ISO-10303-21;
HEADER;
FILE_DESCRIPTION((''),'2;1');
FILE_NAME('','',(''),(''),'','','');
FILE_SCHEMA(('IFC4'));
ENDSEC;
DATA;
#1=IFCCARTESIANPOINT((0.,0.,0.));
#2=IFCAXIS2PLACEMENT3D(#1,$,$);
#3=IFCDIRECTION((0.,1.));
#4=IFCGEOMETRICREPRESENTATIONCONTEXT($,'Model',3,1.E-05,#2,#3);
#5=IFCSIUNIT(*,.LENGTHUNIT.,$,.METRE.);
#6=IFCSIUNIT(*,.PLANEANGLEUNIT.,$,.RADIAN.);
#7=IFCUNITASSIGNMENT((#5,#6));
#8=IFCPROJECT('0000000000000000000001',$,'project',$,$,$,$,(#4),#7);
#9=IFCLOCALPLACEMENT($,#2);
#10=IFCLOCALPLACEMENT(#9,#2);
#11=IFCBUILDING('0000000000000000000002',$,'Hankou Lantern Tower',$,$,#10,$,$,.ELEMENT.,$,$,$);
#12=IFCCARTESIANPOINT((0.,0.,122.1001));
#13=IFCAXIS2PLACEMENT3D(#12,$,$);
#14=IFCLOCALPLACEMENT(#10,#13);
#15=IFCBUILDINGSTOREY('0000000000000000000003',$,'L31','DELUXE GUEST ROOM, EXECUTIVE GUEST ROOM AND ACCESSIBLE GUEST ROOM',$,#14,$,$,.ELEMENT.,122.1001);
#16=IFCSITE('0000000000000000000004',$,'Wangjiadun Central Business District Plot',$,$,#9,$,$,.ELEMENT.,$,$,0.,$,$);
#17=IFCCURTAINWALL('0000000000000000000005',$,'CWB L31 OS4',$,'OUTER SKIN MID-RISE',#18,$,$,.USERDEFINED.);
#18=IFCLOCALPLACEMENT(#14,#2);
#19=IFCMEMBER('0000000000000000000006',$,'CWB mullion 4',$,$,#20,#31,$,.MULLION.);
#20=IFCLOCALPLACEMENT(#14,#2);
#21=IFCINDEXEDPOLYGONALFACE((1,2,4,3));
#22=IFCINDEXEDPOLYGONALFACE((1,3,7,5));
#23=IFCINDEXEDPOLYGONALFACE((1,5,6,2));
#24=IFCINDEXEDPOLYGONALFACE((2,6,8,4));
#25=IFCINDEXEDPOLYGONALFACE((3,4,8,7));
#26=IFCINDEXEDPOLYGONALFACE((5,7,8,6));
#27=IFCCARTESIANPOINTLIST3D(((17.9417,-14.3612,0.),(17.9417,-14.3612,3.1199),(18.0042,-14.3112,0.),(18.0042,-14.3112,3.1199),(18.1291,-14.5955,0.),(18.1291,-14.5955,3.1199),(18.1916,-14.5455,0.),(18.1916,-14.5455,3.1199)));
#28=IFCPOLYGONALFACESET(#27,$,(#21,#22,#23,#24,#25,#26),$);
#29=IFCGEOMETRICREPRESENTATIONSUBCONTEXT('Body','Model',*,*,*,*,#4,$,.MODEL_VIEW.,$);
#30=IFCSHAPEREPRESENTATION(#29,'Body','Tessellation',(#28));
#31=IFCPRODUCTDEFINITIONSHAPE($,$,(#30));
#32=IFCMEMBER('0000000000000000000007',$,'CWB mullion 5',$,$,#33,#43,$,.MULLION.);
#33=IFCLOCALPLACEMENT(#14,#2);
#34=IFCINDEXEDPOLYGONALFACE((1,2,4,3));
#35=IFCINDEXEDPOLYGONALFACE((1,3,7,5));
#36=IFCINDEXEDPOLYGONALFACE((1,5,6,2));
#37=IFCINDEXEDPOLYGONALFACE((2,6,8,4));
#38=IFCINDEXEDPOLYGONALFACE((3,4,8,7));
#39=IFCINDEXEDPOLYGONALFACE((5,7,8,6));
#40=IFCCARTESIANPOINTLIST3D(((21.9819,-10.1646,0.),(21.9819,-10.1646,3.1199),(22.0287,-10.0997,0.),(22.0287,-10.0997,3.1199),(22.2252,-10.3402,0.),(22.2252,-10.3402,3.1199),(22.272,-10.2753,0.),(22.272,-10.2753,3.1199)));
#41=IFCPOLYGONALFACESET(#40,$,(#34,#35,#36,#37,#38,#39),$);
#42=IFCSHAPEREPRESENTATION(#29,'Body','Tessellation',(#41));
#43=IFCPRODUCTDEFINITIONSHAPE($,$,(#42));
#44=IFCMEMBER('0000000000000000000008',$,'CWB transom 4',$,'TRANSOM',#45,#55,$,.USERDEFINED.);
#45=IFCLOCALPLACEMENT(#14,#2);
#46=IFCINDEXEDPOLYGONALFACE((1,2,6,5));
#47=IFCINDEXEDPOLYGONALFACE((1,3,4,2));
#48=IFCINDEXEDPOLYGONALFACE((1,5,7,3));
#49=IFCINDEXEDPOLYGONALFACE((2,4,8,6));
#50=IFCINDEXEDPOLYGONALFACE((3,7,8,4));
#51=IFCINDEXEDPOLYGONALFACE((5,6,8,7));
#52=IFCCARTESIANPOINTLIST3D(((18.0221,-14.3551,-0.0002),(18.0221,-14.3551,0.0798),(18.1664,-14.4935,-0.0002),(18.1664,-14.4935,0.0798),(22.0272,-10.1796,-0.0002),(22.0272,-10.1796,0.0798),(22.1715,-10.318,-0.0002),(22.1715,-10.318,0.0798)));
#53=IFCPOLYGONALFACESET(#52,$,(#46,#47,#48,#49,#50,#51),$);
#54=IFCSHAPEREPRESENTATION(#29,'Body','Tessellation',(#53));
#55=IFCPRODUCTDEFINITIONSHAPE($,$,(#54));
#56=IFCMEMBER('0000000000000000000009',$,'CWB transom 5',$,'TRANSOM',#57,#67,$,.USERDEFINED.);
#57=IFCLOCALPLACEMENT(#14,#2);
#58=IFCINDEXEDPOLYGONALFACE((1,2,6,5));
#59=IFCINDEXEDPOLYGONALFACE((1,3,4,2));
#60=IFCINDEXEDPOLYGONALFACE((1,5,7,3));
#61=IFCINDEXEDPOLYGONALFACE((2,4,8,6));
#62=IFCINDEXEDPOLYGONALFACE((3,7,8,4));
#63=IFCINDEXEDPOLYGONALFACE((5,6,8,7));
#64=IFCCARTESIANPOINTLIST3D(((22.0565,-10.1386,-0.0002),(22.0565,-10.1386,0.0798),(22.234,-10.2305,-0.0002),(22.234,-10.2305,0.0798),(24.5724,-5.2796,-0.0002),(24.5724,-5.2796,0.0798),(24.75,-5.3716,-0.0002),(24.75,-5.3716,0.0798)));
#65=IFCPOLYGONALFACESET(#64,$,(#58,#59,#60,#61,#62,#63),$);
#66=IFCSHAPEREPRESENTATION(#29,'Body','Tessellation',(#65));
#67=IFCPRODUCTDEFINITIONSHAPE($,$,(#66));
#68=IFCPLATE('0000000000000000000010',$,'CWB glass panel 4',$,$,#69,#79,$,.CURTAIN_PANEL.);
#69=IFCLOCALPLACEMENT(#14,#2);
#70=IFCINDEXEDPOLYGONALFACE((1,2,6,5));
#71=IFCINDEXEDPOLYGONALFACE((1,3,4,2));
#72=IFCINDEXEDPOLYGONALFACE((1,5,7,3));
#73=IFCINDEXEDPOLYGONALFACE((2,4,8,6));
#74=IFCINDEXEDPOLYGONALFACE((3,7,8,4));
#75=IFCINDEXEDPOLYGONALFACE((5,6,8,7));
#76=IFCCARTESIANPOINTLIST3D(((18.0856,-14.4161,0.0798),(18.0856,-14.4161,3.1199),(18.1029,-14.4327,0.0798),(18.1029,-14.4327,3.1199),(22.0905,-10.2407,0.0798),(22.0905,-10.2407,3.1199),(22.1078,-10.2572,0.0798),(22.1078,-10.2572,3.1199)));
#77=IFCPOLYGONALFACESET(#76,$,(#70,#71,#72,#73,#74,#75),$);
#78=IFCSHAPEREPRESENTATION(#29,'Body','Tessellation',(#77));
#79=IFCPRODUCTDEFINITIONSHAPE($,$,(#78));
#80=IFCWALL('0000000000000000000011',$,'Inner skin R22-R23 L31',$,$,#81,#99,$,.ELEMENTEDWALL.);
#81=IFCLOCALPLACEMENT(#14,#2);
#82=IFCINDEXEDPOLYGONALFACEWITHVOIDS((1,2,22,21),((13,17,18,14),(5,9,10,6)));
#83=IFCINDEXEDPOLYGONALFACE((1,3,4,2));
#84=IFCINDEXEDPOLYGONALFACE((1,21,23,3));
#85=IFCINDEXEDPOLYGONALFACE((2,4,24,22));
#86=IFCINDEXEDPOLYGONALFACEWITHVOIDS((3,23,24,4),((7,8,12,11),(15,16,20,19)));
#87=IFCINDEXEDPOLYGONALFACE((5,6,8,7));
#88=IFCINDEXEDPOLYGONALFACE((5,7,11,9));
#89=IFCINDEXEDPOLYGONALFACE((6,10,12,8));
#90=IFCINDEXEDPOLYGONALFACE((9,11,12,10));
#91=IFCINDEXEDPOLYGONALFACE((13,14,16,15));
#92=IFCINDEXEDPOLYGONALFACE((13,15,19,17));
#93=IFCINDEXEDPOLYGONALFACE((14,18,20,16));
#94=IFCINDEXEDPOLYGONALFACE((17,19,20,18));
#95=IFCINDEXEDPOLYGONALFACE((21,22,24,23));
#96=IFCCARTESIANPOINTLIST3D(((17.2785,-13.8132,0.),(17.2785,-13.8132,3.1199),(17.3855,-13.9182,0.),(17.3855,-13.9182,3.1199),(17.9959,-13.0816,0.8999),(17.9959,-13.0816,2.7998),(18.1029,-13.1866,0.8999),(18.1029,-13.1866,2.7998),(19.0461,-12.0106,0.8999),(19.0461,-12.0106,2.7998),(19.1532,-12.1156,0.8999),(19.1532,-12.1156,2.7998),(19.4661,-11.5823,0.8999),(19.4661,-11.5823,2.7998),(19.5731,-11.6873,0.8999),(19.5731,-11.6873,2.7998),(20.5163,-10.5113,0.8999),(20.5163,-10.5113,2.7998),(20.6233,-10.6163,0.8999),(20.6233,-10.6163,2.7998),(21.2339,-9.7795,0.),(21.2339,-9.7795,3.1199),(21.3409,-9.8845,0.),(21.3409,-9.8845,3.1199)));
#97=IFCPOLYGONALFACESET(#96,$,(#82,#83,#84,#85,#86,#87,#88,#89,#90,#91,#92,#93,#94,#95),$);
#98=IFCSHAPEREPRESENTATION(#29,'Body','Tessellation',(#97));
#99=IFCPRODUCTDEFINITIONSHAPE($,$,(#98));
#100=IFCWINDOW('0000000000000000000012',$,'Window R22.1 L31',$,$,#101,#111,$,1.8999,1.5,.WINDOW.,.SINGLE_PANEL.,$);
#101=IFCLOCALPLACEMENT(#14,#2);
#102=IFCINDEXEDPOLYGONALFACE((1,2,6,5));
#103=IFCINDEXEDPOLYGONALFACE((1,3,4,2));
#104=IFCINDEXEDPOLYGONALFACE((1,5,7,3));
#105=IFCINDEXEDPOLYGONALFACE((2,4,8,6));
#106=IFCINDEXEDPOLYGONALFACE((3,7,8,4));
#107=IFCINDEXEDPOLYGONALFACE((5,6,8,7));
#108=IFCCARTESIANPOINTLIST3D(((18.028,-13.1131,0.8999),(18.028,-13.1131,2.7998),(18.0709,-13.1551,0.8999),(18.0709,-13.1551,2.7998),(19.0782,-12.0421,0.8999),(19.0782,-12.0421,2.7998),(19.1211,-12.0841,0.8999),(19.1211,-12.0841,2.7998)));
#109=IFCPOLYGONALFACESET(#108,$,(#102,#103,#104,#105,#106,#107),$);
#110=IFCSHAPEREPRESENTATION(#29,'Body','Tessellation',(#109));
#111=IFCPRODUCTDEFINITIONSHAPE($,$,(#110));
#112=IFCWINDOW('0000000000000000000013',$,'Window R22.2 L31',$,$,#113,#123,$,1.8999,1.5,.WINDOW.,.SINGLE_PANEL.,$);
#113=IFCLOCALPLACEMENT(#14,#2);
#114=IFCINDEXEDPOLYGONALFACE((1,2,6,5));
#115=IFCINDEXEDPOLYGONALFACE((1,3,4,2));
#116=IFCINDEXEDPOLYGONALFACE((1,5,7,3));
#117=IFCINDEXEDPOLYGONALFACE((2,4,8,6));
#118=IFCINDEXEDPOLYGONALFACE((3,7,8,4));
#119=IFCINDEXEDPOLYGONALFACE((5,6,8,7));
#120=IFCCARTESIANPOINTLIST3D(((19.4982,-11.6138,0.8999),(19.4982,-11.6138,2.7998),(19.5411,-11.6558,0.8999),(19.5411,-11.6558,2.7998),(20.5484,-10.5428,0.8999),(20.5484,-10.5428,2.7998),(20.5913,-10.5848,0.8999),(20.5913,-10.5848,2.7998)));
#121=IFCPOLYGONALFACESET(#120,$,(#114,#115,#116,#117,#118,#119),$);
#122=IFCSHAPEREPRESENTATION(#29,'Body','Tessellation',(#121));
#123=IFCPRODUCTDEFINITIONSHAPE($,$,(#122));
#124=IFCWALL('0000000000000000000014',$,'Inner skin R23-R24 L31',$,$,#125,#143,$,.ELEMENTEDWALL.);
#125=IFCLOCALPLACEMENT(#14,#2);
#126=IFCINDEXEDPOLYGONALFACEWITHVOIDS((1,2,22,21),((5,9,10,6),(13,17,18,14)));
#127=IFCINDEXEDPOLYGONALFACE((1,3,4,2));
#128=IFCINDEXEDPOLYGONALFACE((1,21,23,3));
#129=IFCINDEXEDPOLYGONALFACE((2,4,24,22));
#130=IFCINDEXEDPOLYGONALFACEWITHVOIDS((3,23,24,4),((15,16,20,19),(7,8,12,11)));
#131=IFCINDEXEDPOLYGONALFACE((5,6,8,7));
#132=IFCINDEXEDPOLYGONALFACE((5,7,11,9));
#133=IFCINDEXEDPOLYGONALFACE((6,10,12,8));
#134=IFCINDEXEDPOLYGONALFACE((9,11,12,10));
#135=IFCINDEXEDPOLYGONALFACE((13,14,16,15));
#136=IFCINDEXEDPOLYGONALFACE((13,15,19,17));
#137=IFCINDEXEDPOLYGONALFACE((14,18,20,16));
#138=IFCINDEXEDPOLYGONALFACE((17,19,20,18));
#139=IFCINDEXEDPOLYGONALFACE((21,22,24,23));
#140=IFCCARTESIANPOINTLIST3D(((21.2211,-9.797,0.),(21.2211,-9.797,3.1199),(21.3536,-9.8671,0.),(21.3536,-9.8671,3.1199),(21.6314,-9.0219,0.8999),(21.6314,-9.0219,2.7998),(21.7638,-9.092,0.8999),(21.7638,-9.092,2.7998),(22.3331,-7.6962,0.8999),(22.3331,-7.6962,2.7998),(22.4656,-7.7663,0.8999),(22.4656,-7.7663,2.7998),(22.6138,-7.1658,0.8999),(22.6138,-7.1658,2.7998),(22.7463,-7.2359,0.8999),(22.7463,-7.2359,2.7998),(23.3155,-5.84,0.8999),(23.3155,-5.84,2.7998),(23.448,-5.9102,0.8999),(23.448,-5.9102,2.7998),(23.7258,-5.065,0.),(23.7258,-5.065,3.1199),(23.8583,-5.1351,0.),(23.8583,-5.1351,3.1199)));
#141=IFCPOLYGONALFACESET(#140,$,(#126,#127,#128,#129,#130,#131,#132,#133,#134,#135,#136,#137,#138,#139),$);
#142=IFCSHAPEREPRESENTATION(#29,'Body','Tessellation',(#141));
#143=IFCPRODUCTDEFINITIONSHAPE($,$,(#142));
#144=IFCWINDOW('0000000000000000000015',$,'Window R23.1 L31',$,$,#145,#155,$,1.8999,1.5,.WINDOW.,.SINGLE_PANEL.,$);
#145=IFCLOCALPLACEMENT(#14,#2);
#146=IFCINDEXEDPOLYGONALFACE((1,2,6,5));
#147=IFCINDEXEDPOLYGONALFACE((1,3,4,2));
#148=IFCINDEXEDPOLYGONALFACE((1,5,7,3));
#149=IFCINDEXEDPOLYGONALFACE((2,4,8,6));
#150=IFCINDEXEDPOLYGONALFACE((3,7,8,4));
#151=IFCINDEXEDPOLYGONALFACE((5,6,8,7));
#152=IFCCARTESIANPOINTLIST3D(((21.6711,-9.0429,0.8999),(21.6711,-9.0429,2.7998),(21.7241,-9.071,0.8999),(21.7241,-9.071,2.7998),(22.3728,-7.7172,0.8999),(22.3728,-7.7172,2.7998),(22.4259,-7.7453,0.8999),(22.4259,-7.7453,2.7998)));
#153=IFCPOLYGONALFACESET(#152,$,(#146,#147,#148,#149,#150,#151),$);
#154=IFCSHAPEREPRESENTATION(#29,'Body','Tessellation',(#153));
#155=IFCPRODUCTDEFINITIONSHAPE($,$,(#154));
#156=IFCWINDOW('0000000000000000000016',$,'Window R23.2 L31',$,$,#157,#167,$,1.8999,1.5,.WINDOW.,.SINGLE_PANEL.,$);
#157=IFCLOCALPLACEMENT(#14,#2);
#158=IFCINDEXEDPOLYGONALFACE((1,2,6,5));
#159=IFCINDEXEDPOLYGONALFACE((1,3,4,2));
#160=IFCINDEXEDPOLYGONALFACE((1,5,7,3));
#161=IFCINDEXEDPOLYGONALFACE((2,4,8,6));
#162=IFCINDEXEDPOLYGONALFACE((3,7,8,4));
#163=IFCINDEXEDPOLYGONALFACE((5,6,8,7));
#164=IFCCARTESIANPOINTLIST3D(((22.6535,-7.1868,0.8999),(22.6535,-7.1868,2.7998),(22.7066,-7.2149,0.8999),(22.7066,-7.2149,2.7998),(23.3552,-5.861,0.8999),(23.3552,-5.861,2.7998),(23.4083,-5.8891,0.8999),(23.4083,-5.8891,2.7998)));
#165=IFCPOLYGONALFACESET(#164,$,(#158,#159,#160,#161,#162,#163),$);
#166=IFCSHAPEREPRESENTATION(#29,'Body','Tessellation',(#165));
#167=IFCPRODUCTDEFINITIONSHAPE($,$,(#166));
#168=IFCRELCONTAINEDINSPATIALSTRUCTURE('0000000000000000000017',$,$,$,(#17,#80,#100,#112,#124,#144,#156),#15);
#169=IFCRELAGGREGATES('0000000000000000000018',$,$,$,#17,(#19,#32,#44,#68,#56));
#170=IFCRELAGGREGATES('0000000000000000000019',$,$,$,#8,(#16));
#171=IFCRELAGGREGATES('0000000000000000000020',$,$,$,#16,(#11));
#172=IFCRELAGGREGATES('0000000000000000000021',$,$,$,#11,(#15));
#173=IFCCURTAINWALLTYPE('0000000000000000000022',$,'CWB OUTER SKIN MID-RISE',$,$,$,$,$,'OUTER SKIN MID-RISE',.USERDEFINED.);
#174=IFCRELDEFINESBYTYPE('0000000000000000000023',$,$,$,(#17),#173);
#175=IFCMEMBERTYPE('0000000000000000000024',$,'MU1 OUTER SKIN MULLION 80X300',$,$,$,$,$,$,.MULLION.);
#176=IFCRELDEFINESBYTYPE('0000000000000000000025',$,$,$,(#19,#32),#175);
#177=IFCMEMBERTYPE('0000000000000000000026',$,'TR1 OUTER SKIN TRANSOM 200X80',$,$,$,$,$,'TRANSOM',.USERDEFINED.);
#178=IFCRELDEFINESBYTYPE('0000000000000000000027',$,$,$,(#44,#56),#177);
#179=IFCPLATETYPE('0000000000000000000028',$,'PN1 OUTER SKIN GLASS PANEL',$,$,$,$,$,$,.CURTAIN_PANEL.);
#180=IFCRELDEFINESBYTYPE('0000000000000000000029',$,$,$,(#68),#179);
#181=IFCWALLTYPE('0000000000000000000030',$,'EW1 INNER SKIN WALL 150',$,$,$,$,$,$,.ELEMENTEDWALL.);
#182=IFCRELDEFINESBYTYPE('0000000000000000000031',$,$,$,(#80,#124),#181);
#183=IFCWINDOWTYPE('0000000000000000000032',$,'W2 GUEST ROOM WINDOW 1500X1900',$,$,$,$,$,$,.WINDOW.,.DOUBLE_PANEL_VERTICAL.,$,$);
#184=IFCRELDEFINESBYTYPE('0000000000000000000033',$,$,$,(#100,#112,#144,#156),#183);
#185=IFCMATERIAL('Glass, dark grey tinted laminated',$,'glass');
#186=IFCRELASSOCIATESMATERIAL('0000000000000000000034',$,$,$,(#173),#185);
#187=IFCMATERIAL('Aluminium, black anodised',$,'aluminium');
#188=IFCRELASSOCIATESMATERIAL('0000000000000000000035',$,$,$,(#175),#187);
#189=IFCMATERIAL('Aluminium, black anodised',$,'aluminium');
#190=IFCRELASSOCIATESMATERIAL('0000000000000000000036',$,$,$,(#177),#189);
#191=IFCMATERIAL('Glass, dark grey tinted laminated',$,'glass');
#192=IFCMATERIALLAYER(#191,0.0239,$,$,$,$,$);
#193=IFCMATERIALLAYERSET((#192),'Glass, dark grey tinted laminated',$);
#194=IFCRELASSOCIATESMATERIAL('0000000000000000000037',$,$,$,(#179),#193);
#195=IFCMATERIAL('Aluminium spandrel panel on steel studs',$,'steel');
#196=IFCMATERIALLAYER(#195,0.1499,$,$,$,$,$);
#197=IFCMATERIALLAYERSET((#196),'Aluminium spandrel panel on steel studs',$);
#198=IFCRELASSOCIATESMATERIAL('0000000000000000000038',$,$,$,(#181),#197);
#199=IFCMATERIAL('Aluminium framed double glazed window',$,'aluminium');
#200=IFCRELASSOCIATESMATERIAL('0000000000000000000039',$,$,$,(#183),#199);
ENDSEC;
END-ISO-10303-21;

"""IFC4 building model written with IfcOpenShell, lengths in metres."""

from ifc_helpers import new_model, si_unit, direction, frame, frame_2d, origin, origin_2d, place, context, subcontext, project, spatial, rectangle, extrude, material, layer, layer_set, material_profile, profile_set, type_object, element, fill, aggregate, save


model = new_model("IFC4")

# Units and contexts
model_context = context("Model", 3, precision=1e-05, world=origin(), true_north=direction((0.0, 1.0)))
body_context = subcontext(model_context, "Body", "Model", "MODEL_VIEW")
ifc_project = project(units=[si_unit("LENGTHUNIT", "METRE"), si_unit("PLANEANGLEUNIT", "RADIAN")], contexts=[model_context])

# Site, building, storey
site_placement = place(None, origin())
site = spatial("IfcSite", under=ifc_project, at=site_placement, Name="Wangjiadun Central Business District Plot", CompositionType="ELEMENT", RefElevation=0.0)
building_placement = place(site_placement, origin())
building = spatial("IfcBuilding", under=site, at=building_placement, Name="Hankou Lantern Tower", CompositionType="ELEMENT")
storey_placement = place(building_placement, frame((0.0, 0.0, 122.1001)))
storey = spatial("IfcBuildingStorey", under=building, at=storey_placement, Name="L31", Description="DELUXE GUEST ROOM, EXECUTIVE GUEST ROOM AND ACCESSIBLE GUEST ROOM", CompositionType="ELEMENT", Elevation=122.1001)

# Curtain wall, members, plate
ifc_material_1 = material(Name="Glass, dark grey tinted laminated", Category="glass")
curtain_wall_type = type_object("IfcCurtainWallType", Name="CWB OUTER SKIN MID-RISE", ElementType="OUTER SKIN MID-RISE", PredefinedType="USERDEFINED", material=ifc_material_1)
curtain_wall_placement = place(storey_placement, origin())
curtain_wall = element("IfcCurtainWall", 1, at=curtain_wall_placement, inside=storey, type_object=curtain_wall_type, Name="CWB L31 OS4", ObjectType="OUTER SKIN MID-RISE", PredefinedType="USERDEFINED")
ifc_material_2 = material(Name="Aluminium, black anodised", Category="aluminium")
ifc_material_profile_1 = material_profile(ifc_material_2, rectangle(XDim=0.0801, YDim=0.3, at=origin_2d()), Name="MU1 80X300")
ifc_profile_set_1 = profile_set([ifc_material_profile_1], Name="Aluminium, black anodised")
member_type_1 = type_object("IfcMemberType", Name="MU1 OUTER SKIN MULLION 80X300", PredefinedType="MULLION", material=ifc_profile_set_1)
member_1_placement = place(storey_placement, frame((18.0667, -14.4534, 0.0), z_axis=(0.0, 0.0, 1.0), x_axis=(0.780869, 0.624695, 0.0)))
member_1 = element("IfcMember", 2, at=member_1_placement, type_object=member_type_1, Name="CWB mullion 4", PredefinedType="MULLION", context=body_context, shape_type="SweptSolid", body=[
    extrude(rectangle(XDim=0.0801, YDim=0.3, at=origin_2d()), origin(), (0.0, 0.0, 1.0), 3.1199),
])
member_2_placement = place(storey_placement, frame((22.127, -10.22, 0.0), z_axis=(0.0, 0.0, 1.0), x_axis=(0.585206, 0.810885, 0.0)))
member_2 = element("IfcMember", 3, at=member_2_placement, type_object=member_type_1, Name="CWB mullion 5", PredefinedType="MULLION", context=body_context, shape_type="SweptSolid", body=[
    extrude(rectangle(XDim=0.0801, YDim=0.3, at=origin_2d()), origin(), (0.0, 0.0, 1.0), 3.1199),
])
ifc_material_3 = material(Name="Aluminium, black anodised", Category="aluminium")
ifc_material_profile_2 = material_profile(ifc_material_3, rectangle(XDim=0.2, YDim=0.0801, at=origin_2d()), Name="TR1 200X80")
ifc_profile_set_2 = profile_set([ifc_material_profile_2], Name="Aluminium, black anodised")
member_type_2 = type_object("IfcMemberType", Name="TR1 OUTER SKIN TRANSOM 200X80", ElementType="TRANSOM", PredefinedType="USERDEFINED", material=ifc_profile_set_2)
member_3_placement = place(storey_placement, frame((18.0942, -14.4243, 0.0398), z_axis=(0.692227, 0.72168, 0.0), x_axis=(-0.72168, 0.692227, 0.0)))
member_3 = element("IfcMember", 4, at=member_3_placement, type_object=member_type_2, Name="CWB transom 4", ObjectType="TRANSOM", PredefinedType="USERDEFINED", context=body_context, shape_type="SweptSolid", body=[
    extrude(rectangle(XDim=0.2, YDim=0.0801, at=origin_2d()), origin(), (0.0, 0.0, 1.0), 5.7859),
])
member_4_placement = place(storey_placement, frame((22.1453, -10.1846, 0.0398), z_axis=(0.459805, 0.88802, 0.0), x_axis=(-0.88802, 0.459805, 0.0)))
member_4 = element("IfcMember", 5, at=member_4_placement, type_object=member_type_2, Name="CWB transom 5", ObjectType="TRANSOM", PredefinedType="USERDEFINED", context=body_context, shape_type="SweptSolid", body=[
    extrude(rectangle(XDim=0.2, YDim=0.0801, at=origin_2d()), origin(), (0.0, 0.0, 1.0), 5.4717),
])
ifc_material_4 = material(Name="Glass, dark grey tinted laminated", Category="glass")
ifc_layer_1 = layer(ifc_material_4, 0.0239)
ifc_layer_set_1 = layer_set([ifc_layer_1], Name="Glass, dark grey tinted laminated")
plate_type = type_object("IfcPlateType", Name="PN1 OUTER SKIN GLASS PANEL", PredefinedType="CURTAIN_PANEL", material=ifc_layer_set_1)
plate_placement = place(storey_placement, frame((20.0967, -12.3367, 0.0798), z_axis=(0.0, 0.0, 1.0), x_axis=(0.692216, 0.721691, 0.0)))
plate = element("IfcPlate", 6, at=plate_placement, type_object=plate_type, Name="CWB glass panel 4", PredefinedType="CURTAIN_PANEL", context=body_context, shape_type="SweptSolid", body=[
    extrude(rectangle(XDim=5.7856, YDim=0.0239, at=origin_2d()), origin(), (0.0, 0.0, 1.0), 3.04),
])
aggregate(curtain_wall, [member_1, member_2, member_3, plate, member_4])

# Walls, openings, windows
ifc_material_5 = material(Name="Aluminium spandrel panel on steel studs", Category="steel")
ifc_layer_2 = layer(ifc_material_5, 0.1499)
ifc_layer_set_2 = layer_set([ifc_layer_2], Name="Aluminium spandrel panel on steel studs")
wall_type = type_object("IfcWallType", Name="EW1 INNER SKIN WALL 150", PredefinedType="ELEMENTEDWALL", material=ifc_layer_set_2)
wall_1_placement = place(storey_placement, frame((17.332, -13.8657, 0.0), z_axis=(0.0, 0.0, 1.0), x_axis=(0.700137, 0.714009, 0.0)))
wall_1 = element("IfcWall", 7, at=wall_1_placement, inside=storey, type_object=wall_type, Name="Inner skin R22-R23 L31", PredefinedType="ELEMENTEDWALL", context=body_context, shape_type="SweptSolid", body=[
    extrude(rectangle(XDim=5.6494, YDim=0.1499, at=frame_2d((2.8247, 0.0))), origin(), (0.0, 0.0, 1.0), 3.1199),
])
opening_1_placement = place(wall_1_placement, frame((1.0247, 0.0, 0.8999)))
opening_1 = element("IfcOpeningElement", 8, at=opening_1_placement, cuts=wall_1, PredefinedType="OPENING", context=body_context, shape_type="SweptSolid", body=[
    extrude(rectangle(XDim=1.5, YDim=1.8999, at=frame_2d((0.75, 0.95))), frame((0.0, 0.085, 0.0), z_axis=(0.0, -1.0, 0.0), x_axis=(1.0, 0.0, 0.0)), (0.0, 0.0, 1.0), 0.1699),
])
opening_2_placement = place(wall_1_placement, frame((3.1245, 0.0, 0.8999)))
opening_2 = element("IfcOpeningElement", 9, at=opening_2_placement, cuts=wall_1, PredefinedType="OPENING", context=body_context, shape_type="SweptSolid", body=[
    extrude(rectangle(XDim=1.5, YDim=1.8999, at=frame_2d((0.75, 0.95))), frame((0.0, 0.085, 0.0), z_axis=(0.0, -1.0, 0.0), x_axis=(1.0, 0.0, 0.0)), (0.0, 0.0, 1.0), 0.1699),
])
ifc_material_6 = material(Name="Aluminium framed double glazed window", Category="aluminium")
window_type = type_object("IfcWindowType", Name="W2 GUEST ROOM WINDOW 1500X1900", PartitioningType="DOUBLE_PANEL_VERTICAL", PredefinedType="WINDOW", material=ifc_material_6)
window_1_placement = place(opening_1_placement, origin())
window_1 = element("IfcWindow", 10, at=window_1_placement, inside=storey, type_object=window_type, Name="Window R22.1 L31", OverallHeight=1.8999, OverallWidth=1.5, PartitioningType="SINGLE_PANEL", PredefinedType="WINDOW", context=body_context, shape_type="SweptSolid", body=[
    extrude(rectangle(XDim=1.5, YDim=1.8999, at=frame_2d((0.75, 0.95))), frame((0.0, 0.03, 0.0), z_axis=(0.0, -1.0, 0.0), x_axis=(1.0, 0.0, 0.0)), (0.0, 0.0, 1.0), 0.0601),
])
fill(opening_1, window_1)
window_2_placement = place(opening_2_placement, origin())
window_2 = element("IfcWindow", 11, at=window_2_placement, inside=storey, type_object=window_type, Name="Window R22.2 L31", OverallHeight=1.8999, OverallWidth=1.5, PartitioningType="SINGLE_PANEL", PredefinedType="WINDOW", context=body_context, shape_type="SweptSolid", body=[
    extrude(rectangle(XDim=1.5, YDim=1.8999, at=frame_2d((0.75, 0.95))), frame((0.0, 0.03, 0.0), z_axis=(0.0, -1.0, 0.0), x_axis=(1.0, 0.0, 0.0)), (0.0, 0.0, 1.0), 0.0601),
])
fill(opening_2, window_2)
wall_2_placement = place(storey_placement, frame((21.2874, -9.832, 0.0), z_axis=(0.0, 0.0, 1.0), x_axis=(0.467814, 0.883827, 0.0)))
wall_2 = element("IfcWall", 12, at=wall_2_placement, inside=storey, type_object=wall_type, Name="Inner skin R23-R24 L31", PredefinedType="ELEMENTEDWALL", context=body_context, shape_type="SweptSolid", body=[
    extrude(rectangle(XDim=5.354, YDim=0.1499, at=frame_2d((2.677, 0.0))), origin(), (0.0, 0.0, 1.0), 3.1199),
])
opening_3_placement = place(wall_2_placement, frame((0.877, 0.0, 0.8999)))
opening_3 = element("IfcOpeningElement", 13, at=opening_3_placement, cuts=wall_2, PredefinedType="OPENING", context=body_context, shape_type="SweptSolid", body=[
    extrude(rectangle(XDim=1.5, YDim=1.8999, at=frame_2d((0.75, 0.95))), frame((0.0, 0.085, 0.0), z_axis=(0.0, -1.0, 0.0), x_axis=(1.0, 0.0, 0.0)), (0.0, 0.0, 1.0), 0.1699),
])
opening_4_placement = place(wall_2_placement, frame((2.9771, 0.0, 0.8999)))
opening_4 = element("IfcOpeningElement", 14, at=opening_4_placement, cuts=wall_2, PredefinedType="OPENING", context=body_context, shape_type="SweptSolid", body=[
    extrude(rectangle(XDim=1.5, YDim=1.8999, at=frame_2d((0.75, 0.95))), frame((0.0, 0.085, 0.0), z_axis=(0.0, -1.0, 0.0), x_axis=(1.0, 0.0, 0.0)), (0.0, 0.0, 1.0), 0.1699),
])
window_3_placement = place(opening_3_placement, origin())
window_3 = element("IfcWindow", 15, at=window_3_placement, inside=storey, type_object=window_type, Name="Window R23.1 L31", OverallHeight=1.8999, OverallWidth=1.5, PartitioningType="SINGLE_PANEL", PredefinedType="WINDOW", context=body_context, shape_type="SweptSolid", body=[
    extrude(rectangle(XDim=1.5, YDim=1.8999, at=frame_2d((0.75, 0.95))), frame((0.0, 0.03, 0.0), z_axis=(0.0, -1.0, 0.0), x_axis=(1.0, 0.0, 0.0)), (0.0, 0.0, 1.0), 0.0601),
])
fill(opening_3, window_3)
window_4_placement = place(opening_4_placement, origin())
window_4 = element("IfcWindow", 16, at=window_4_placement, inside=storey, type_object=window_type, Name="Window R23.2 L31", OverallHeight=1.8999, OverallWidth=1.5, PartitioningType="SINGLE_PANEL", PredefinedType="WINDOW", context=body_context, shape_type="SweptSolid", body=[
    extrude(rectangle(XDim=1.5, YDim=1.8999, at=frame_2d((0.75, 0.95))), frame((0.0, 0.03, 0.0), z_axis=(0.0, -1.0, 0.0), x_axis=(1.0, 0.0, 0.0)), (0.0, 0.0, 1.0), 0.0601),
])
fill(opening_4, window_4)

save(model, "model.ifc")
